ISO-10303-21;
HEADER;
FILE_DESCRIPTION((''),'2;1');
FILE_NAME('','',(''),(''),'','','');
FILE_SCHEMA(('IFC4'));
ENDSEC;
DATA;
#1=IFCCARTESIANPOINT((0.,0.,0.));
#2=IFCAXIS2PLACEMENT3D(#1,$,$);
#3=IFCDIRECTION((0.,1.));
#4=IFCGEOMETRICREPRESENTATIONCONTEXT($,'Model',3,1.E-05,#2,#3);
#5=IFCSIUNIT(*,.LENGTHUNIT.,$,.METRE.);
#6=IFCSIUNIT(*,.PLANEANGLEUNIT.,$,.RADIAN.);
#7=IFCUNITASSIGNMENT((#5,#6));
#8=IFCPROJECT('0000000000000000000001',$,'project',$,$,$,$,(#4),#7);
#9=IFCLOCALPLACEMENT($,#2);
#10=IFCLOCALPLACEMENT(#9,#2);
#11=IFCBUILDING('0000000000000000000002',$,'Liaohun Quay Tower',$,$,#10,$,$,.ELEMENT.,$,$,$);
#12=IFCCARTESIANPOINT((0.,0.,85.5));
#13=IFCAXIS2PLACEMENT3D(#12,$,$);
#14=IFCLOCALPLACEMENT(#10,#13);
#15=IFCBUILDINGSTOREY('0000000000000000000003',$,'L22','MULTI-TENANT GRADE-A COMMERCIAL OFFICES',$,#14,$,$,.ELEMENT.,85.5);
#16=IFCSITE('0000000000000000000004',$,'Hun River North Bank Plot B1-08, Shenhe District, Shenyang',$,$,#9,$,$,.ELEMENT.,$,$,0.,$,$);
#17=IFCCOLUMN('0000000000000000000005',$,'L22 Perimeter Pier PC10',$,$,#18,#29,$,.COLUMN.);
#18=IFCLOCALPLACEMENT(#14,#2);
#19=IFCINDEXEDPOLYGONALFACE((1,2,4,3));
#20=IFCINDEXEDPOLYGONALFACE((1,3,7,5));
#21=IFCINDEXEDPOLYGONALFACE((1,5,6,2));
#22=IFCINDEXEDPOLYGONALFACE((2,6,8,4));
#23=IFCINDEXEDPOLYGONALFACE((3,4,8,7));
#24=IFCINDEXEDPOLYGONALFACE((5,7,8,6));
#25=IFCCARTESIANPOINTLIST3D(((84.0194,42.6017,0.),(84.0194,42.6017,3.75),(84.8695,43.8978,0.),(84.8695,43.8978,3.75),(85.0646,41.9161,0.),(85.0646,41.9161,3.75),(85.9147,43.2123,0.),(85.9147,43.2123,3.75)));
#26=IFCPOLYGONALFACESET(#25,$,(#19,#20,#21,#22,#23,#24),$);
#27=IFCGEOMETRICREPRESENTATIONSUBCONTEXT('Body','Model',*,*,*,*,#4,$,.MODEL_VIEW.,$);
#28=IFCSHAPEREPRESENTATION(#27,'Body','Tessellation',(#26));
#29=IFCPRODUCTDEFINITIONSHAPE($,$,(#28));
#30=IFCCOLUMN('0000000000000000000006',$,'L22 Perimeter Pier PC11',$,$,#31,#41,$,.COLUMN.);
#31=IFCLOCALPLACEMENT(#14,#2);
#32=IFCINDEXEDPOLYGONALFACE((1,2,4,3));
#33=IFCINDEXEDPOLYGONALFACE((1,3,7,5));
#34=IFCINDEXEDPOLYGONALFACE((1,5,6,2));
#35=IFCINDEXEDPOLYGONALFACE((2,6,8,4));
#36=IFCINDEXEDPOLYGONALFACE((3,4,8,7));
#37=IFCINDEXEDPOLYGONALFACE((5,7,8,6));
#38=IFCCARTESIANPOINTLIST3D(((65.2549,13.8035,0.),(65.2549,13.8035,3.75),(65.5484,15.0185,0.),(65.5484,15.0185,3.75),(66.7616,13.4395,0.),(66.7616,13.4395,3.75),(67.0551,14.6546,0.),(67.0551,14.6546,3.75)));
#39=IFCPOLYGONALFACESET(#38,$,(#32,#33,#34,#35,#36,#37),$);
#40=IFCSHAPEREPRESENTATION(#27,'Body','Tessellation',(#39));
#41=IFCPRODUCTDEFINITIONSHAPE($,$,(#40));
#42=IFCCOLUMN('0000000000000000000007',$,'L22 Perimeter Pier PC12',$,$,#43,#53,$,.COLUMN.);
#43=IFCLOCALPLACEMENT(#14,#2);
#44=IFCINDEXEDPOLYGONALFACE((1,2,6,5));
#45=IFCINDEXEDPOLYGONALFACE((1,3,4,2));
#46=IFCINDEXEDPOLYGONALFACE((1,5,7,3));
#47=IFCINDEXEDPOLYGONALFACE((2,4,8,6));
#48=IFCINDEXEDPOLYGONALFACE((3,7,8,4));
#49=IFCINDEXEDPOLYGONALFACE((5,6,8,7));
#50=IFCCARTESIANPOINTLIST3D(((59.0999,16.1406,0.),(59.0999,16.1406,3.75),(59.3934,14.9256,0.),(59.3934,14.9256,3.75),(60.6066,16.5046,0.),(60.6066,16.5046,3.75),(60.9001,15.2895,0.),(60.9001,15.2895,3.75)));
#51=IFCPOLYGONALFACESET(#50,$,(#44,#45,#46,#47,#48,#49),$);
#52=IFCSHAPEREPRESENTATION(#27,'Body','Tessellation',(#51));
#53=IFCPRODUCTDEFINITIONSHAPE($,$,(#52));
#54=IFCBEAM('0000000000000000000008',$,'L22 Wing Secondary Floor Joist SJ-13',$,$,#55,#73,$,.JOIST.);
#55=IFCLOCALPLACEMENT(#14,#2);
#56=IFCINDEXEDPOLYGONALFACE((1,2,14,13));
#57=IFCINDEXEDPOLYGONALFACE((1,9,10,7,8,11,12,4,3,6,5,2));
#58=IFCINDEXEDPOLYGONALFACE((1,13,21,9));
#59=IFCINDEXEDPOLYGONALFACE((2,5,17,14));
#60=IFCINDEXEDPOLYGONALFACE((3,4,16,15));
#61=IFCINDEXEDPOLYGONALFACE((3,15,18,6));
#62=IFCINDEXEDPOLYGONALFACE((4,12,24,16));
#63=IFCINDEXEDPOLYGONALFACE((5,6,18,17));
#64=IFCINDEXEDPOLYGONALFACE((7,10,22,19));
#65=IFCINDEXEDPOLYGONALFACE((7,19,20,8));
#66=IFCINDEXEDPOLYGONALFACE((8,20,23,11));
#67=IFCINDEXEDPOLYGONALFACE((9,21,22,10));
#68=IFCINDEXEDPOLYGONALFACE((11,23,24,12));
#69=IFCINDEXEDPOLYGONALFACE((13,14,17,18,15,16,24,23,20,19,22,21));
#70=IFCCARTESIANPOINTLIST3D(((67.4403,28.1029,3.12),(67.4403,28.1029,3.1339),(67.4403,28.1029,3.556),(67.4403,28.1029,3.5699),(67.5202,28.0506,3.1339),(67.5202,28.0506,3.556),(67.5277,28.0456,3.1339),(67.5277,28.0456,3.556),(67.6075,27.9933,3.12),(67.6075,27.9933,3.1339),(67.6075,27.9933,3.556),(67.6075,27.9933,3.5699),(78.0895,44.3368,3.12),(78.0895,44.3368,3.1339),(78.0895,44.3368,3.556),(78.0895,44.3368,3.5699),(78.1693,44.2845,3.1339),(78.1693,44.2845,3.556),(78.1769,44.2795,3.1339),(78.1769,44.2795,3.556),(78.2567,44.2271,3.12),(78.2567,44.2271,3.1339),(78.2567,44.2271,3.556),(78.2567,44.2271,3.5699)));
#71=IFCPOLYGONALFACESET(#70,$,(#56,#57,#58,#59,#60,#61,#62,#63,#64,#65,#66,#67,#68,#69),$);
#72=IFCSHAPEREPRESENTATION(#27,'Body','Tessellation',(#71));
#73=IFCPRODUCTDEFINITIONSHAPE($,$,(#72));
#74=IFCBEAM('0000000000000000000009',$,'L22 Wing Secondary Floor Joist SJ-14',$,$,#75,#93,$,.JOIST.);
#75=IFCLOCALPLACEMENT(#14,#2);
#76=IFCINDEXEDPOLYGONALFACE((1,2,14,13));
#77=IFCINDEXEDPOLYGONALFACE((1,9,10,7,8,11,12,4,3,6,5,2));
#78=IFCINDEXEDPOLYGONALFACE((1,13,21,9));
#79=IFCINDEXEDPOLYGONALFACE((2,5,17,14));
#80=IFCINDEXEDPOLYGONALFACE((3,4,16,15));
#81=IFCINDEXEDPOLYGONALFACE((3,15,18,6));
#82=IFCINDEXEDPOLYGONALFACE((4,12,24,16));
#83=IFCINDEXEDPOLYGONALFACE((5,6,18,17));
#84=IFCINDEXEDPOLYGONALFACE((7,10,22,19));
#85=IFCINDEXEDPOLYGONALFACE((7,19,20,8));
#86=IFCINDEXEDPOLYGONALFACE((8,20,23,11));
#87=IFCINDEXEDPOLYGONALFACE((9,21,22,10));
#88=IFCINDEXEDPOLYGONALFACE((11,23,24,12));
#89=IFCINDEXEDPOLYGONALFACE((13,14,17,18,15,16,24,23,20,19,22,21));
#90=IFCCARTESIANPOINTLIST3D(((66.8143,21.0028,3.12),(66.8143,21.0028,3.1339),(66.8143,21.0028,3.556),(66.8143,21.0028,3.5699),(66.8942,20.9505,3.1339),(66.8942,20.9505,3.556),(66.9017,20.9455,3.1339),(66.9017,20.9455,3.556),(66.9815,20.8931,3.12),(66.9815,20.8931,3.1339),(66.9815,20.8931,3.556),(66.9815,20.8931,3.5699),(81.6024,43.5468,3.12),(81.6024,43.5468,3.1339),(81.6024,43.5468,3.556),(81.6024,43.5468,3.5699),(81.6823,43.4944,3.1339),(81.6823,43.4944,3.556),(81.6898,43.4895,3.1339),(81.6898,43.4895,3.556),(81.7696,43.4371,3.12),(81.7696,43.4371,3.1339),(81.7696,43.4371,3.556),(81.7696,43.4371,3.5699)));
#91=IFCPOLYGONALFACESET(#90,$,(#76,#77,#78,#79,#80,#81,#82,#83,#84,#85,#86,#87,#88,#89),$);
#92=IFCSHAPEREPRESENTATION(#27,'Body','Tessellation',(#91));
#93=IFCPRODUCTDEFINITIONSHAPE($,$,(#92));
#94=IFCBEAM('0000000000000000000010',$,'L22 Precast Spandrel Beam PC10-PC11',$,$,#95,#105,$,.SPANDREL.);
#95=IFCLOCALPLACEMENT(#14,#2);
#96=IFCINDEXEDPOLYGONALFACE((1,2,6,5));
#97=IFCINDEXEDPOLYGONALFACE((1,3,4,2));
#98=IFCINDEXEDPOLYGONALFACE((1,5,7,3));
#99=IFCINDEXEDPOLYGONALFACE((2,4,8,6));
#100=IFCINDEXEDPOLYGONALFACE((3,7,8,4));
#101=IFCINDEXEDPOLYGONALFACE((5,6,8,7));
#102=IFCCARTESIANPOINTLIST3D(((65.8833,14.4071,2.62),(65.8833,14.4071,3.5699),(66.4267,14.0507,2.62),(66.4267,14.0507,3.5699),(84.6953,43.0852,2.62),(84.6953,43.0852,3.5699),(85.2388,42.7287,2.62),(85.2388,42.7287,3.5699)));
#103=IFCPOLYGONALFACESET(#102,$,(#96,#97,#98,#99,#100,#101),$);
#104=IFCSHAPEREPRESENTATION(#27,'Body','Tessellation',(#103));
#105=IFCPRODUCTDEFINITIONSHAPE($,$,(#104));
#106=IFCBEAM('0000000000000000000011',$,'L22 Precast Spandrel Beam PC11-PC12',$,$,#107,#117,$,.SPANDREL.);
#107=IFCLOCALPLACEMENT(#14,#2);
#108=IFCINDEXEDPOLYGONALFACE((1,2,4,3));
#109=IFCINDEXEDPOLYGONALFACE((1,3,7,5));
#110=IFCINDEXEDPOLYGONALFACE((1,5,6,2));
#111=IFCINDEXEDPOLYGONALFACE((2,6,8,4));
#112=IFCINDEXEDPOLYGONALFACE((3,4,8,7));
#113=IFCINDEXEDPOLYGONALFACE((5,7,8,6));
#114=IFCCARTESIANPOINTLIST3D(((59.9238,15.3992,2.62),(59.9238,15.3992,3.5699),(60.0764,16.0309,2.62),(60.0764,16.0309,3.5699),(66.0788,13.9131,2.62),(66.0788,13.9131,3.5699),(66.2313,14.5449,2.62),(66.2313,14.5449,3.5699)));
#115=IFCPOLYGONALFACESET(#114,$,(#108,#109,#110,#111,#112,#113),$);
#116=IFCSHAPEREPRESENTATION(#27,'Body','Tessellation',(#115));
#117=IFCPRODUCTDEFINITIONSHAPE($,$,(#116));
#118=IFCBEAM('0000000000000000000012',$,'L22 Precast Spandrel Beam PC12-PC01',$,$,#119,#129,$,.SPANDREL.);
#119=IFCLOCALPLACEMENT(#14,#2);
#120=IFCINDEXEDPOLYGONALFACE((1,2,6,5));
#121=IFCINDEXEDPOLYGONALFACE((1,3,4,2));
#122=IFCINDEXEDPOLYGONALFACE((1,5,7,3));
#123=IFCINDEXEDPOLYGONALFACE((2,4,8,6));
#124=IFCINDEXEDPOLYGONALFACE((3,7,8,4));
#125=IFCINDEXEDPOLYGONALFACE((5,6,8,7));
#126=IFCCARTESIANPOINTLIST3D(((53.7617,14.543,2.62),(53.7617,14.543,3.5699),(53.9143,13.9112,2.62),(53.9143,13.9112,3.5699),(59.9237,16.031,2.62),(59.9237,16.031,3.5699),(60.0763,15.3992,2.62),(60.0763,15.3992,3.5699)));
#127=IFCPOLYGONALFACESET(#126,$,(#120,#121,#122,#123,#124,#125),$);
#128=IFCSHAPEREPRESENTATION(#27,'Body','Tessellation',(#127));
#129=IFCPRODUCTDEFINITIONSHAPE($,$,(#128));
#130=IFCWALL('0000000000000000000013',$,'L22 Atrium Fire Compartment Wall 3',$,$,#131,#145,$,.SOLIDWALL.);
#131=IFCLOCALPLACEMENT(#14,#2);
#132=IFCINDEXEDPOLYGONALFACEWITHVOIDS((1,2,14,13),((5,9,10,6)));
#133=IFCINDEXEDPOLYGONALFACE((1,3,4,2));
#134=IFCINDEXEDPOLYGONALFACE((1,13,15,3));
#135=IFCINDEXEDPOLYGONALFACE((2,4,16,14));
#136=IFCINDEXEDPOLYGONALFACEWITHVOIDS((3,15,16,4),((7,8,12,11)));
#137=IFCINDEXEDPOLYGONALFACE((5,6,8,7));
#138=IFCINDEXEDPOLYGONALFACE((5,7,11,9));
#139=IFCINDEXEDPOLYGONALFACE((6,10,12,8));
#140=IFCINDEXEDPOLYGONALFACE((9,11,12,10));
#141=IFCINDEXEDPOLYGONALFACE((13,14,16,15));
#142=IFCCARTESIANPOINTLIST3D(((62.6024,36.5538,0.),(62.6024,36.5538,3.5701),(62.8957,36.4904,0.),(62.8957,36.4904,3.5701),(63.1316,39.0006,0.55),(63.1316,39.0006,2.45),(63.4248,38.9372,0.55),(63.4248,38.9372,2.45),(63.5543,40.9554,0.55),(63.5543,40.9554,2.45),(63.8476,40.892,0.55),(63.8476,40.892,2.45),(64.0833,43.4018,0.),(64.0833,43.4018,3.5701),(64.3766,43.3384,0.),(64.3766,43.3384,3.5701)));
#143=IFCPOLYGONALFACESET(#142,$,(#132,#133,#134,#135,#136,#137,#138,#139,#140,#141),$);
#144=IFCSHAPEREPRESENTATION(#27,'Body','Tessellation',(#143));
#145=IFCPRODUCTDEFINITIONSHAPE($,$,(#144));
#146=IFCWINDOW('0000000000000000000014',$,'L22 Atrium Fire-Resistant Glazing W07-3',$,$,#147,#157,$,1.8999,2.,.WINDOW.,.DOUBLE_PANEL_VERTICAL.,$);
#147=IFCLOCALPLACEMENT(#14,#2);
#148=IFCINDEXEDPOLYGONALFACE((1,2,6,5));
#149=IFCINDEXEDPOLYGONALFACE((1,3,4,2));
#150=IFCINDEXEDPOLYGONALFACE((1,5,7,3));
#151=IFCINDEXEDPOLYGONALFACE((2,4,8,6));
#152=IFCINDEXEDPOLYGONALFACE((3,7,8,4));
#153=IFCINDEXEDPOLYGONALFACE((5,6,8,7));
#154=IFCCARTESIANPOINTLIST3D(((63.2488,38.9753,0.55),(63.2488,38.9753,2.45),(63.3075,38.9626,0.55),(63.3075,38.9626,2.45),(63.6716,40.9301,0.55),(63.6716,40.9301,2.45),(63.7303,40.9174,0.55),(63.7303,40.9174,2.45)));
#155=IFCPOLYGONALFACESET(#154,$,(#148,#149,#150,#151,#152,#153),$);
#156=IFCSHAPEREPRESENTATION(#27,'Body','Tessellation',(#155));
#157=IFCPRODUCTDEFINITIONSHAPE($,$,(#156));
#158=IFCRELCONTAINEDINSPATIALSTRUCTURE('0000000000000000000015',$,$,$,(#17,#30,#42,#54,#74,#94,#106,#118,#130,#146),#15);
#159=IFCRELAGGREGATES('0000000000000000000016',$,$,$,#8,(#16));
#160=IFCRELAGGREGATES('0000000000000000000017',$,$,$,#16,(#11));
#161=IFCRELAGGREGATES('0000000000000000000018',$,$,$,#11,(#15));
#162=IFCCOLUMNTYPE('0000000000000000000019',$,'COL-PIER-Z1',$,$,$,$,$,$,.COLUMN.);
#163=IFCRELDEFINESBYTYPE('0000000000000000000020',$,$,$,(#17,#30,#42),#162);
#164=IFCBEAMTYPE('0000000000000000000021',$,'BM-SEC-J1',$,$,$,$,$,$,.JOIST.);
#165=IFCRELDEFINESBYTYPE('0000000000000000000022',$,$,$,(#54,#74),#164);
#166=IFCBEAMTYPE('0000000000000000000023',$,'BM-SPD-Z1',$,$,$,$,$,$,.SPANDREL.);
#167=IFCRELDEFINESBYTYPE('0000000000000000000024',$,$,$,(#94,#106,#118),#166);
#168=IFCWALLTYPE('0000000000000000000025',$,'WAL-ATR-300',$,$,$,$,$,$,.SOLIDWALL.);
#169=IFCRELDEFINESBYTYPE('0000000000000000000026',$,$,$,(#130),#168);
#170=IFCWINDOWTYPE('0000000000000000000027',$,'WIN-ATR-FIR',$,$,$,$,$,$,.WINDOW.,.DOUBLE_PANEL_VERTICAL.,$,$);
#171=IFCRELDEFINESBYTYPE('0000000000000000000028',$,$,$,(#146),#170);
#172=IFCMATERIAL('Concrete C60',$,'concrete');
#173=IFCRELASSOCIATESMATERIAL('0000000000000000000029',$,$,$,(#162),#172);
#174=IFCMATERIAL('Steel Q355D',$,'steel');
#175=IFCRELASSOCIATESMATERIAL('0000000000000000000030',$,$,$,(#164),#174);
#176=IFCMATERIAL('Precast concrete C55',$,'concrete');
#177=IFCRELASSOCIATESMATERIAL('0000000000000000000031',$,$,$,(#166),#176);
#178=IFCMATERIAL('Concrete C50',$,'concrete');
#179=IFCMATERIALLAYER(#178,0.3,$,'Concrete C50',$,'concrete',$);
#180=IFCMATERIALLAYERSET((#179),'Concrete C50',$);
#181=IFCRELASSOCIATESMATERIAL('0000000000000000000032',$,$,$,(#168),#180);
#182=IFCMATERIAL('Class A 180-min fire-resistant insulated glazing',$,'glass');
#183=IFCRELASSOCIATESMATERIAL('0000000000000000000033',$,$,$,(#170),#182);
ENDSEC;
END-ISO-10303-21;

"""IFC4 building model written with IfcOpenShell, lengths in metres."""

from ifc_helpers import new_model, si_unit, direction, frame, frame_2d, origin, origin_2d, place, context, subcontext, project, spatial, rectangle, i_section, extrude, source, transform, mapped, material, layer, layer_set, material_profile, profile_set, type_object, element, fill, save


model = new_model("IFC4")

# Units and contexts
model_context = context("Model", 3, precision=1e-05, world=origin(), true_north=direction((0.0, 1.0)))
body_context = subcontext(model_context, "Body", "Model", "MODEL_VIEW")
ifc_project = project(units=[si_unit("LENGTHUNIT", "METRE"), si_unit("PLANEANGLEUNIT", "RADIAN")], contexts=[model_context])

# Site, building, storey
site_placement = place(None, origin())
site = spatial("IfcSite", under=ifc_project, at=site_placement, Name="Hun River North Bank Plot B1-08, Shenhe District, Shenyang", CompositionType="ELEMENT", RefElevation=0.0)
building_placement = place(site_placement, origin())
building = spatial("IfcBuilding", under=site, at=building_placement, Name="Liaohun Quay Tower", CompositionType="ELEMENT")
storey_placement = place(building_placement, frame((0.0, 0.0, 85.5)))
storey = spatial("IfcBuildingStorey", under=building, at=storey_placement, Name="L22", Description="MULTI-TENANT GRADE-A COMMERCIAL OFFICES", CompositionType="ELEMENT", Elevation=85.5)

# Columns
ifc_material_1 = material(Name="Concrete C60", Category="concrete")
ifc_material_profile_1 = material_profile(ifc_material_1, rectangle(XDim=1.55, YDim=1.25, at=origin_2d()), Name="RC1550x1250")
ifc_profile_set_1 = profile_set([ifc_material_profile_1], Name="Concrete C60")
column_type = type_object("IfcColumnType", Name="COL-PIER-Z1", PredefinedType="COLUMN", material=ifc_profile_set_1)
shared_shape_1 = source(origin(), body_context, "Body", "SweptSolid", [
    extrude(rectangle(XDim=1.55, YDim=1.25, at=origin_2d()), origin(), (0.0, 0.0, 1.0), 3.75),
])
for number, where, z_axis, x_axis, name in (
    (1, (84.967, 42.907, 0.0), (0.0, 0.0, 1.0), (0.548439, 0.83619, 0.0), "L22 Perimeter Pier PC10"),
    (2, (66.155, 14.229, 0.0), (0.0, 0.0, 1.0), (-0.972043, 0.234803, 0.0), "L22 Perimeter Pier PC11"),
    (3, (60.0, 15.7151, 0.0), (0.0, 0.0, 1.0), (0.972043, 0.234803, 0.0), "L22 Perimeter Pier PC12"),
):
    element("IfcColumn", number, at=place(storey_placement, frame(where, z_axis=z_axis, x_axis=x_axis)), inside=storey, type_object=column_type, Name=name, PredefinedType="COLUMN", context=body_context, shape_type="MappedRepresentation", body=[
        mapped(shared_shape_1, transform((0.0, 0.0, 0.0), x_axis=(1.0, 0.0, 0.0), y_axis=(0.0, 1.0, 0.0), z_axis=(0.0, 0.0, 1.0), scale=1.0)),
    ])

# Beams
ifc_material_2 = material(Name="Steel Q355D", Category="steel")
ifc_material_profile_2 = material_profile(ifc_material_2, i_section(OverallWidth=0.2, OverallDepth=0.45, WebThickness=0.009, FlangeThickness=0.0139, at=origin_2d()), Name="HN450x200x9x14")
ifc_profile_set_2 = profile_set([ifc_material_profile_2], Name="Steel Q355D")
beam_type_1 = type_object("IfcBeamType", Name="BM-SEC-J1", PredefinedType="JOIST", material=ifc_profile_set_2)
shared_shape_2 = source(origin(), body_context, "Body", "SweptSolid", [
    extrude(i_section(OverallWidth=0.2, OverallDepth=0.45, WebThickness=0.009, FlangeThickness=0.0139, at=origin_2d()), origin(), (0.0, 0.0, 1.0), 19.415),
])
beam_1_placement = place(storey_placement, frame((78.1731, 44.282, 3.345), z_axis=(-0.548501, -0.83615, 0.0), x_axis=(0.83615, -0.548501, 0.0)))
element("IfcBeam", 4, at=beam_1_placement, inside=storey, type_object=beam_type_1, Name="L22 Wing Secondary Floor Joist SJ-13", PredefinedType="JOIST", context=body_context, shape_type="MappedRepresentation", body=[
    mapped(shared_shape_2, transform((0.0, 0.0, 0.0), x_axis=(1.0, 0.0, 0.0), y_axis=(0.0, 1.0, 0.0), z_axis=(0.0, 0.0, 1.0), scale=1.0)),
])
shared_shape_3 = source(origin(), body_context, "Body", "SweptSolid", [
    extrude(i_section(OverallWidth=0.2, OverallDepth=0.45, WebThickness=0.009, FlangeThickness=0.0139, at=origin_2d()), origin(), (0.0, 0.0, 1.0), 26.9614),
])
beam_2_placement = place(storey_placement, frame((81.686, 43.4919, 3.345), z_axis=(-0.548491, -0.836156, 0.0), x_axis=(0.836156, -0.548491, 0.0)))
element("IfcBeam", 5, at=beam_2_placement, inside=storey, type_object=beam_type_1, Name="L22 Wing Secondary Floor Joist SJ-14", PredefinedType="JOIST", context=body_context, shape_type="MappedRepresentation", body=[
    mapped(shared_shape_3, transform((0.0, 0.0, 0.0), x_axis=(1.0, 0.0, 0.0), y_axis=(0.0, 1.0, 0.0), z_axis=(0.0, 0.0, 1.0), scale=1.0)),
])
ifc_material_3 = material(Name="Precast concrete C55", Category="concrete")
ifc_material_profile_3 = material_profile(ifc_material_3, rectangle(XDim=0.6499, YDim=0.95, at=origin_2d()), Name="RC650x950")
ifc_profile_set_3 = profile_set([ifc_material_profile_3], Name="Precast concrete C55")
beam_type_2 = type_object("IfcBeamType", Name="BM-SPD-Z1", PredefinedType="SPANDREL", material=ifc_profile_set_3)
shared_shape_4 = source(origin(), body_context, "Body", "SweptSolid", [
    extrude(rectangle(XDim=0.6499, YDim=0.95, at=origin_2d()), origin(), (0.0, 0.0, 1.0), 34.2976),
])
beam_3_placement = place(storey_placement, frame((84.967, 42.907, 3.095), z_axis=(-0.548495, -0.836154, 0.0), x_axis=(0.836154, -0.548495, 0.0)))
element("IfcBeam", 6, at=beam_3_placement, inside=storey, type_object=beam_type_2, Name="L22 Precast Spandrel Beam PC10-PC11", PredefinedType="SPANDREL", context=body_context, shape_type="MappedRepresentation", body=[
    mapped(shared_shape_4, transform((0.0, 0.0, 0.0), x_axis=(1.0, 0.0, 0.0), y_axis=(0.0, 1.0, 0.0), z_axis=(0.0, 0.0, 1.0), scale=1.0)),
])
shared_shape_5 = source(origin(), body_context, "Body", "SweptSolid", [
    extrude(rectangle(XDim=0.6499, YDim=0.95, at=origin_2d()), origin(), (0.0, 0.0, 1.0), 6.3318),
])
beam_4_placement = place(storey_placement, frame((66.155, 14.229, 3.095), z_axis=(-0.972068, 0.234698, 0.0), x_axis=(-0.234698, -0.972068, 0.0)))
element("IfcBeam", 7, at=beam_4_placement, inside=storey, type_object=beam_type_2, Name="L22 Precast Spandrel Beam PC11-PC12", PredefinedType="SPANDREL", context=body_context, shape_type="MappedRepresentation", body=[
    mapped(shared_shape_5, transform((0.0, 0.0, 0.0), x_axis=(1.0, 0.0, 0.0), y_axis=(0.0, 1.0, 0.0), z_axis=(0.0, 0.0, 1.0), scale=1.0)),
])
shared_shape_6 = source(origin(), body_context, "Body", "SweptSolid", [
    extrude(rectangle(XDim=0.6499, YDim=0.95, at=origin_2d()), origin(), (0.0, 0.0, 1.0), 6.3391),
])
beam_5_placement = place(storey_placement, frame((60.0, 15.7151, 3.095), z_axis=(-0.972059, -0.234735, 0.0), x_axis=(0.234735, -0.972059, 0.0)))
element("IfcBeam", 8, at=beam_5_placement, inside=storey, type_object=beam_type_2, Name="L22 Precast Spandrel Beam PC12-PC01", PredefinedType="SPANDREL", context=body_context, shape_type="MappedRepresentation", body=[
    mapped(shared_shape_6, transform((0.0, 0.0, 0.0), x_axis=(1.0, 0.0, 0.0), y_axis=(0.0, 1.0, 0.0), z_axis=(0.0, 0.0, 1.0), scale=1.0)),
])

# Wall, opening, window
ifc_material_4 = material(Name="Concrete C50", Category="concrete")
ifc_layer_1 = layer(ifc_material_4, 0.3, Name="Concrete C50", Category="concrete")
ifc_layer_set_1 = layer_set([ifc_layer_1], Name="Concrete C50")
wall_type_1 = type_object("IfcWallType", Name="WAL-ATR-300", PredefinedType="SOLIDWALL", material=ifc_layer_set_1)
wall_1_placement = place(storey_placement, frame((64.23, 43.3701, 0.0), z_axis=(0.0, 0.0, 1.0), x_axis=(-0.211371, -0.977406, 0.0)))
wall_1 = element("IfcWall", 9, at=wall_1_placement, inside=storey, type_object=wall_type_1, Name="L22 Atrium Fire Compartment Wall 3", PredefinedType="SOLIDWALL", context=body_context, shape_type="SweptSolid", body=[
    extrude(rectangle(XDim=7.0063, YDim=0.3, at=frame_2d((3.5032, 0.0))), origin(), (0.0, 0.0, 1.0), 3.5701),
])
shared_shape_7 = source(origin(), body_context, "Body", "SweptSolid", [
    extrude(rectangle(XDim=2.0, YDim=1.8999, at=frame_2d((1.0, 0.95))), frame((0.0, 0.1599, 0.0), z_axis=(0.0, -1.0, 0.0), x_axis=(1.0, 0.0, 0.0)), (0.0, 0.0, 1.0), 0.3201),
])
opening_1_placement = place(wall_1_placement, frame((2.5029, 0.0, 0.55)))
opening_1 = element("IfcOpeningElement", 10, at=opening_1_placement, cuts=wall_1, PredefinedType="OPENING", context=body_context, shape_type="MappedRepresentation", body=[
    mapped(shared_shape_7, transform((0.0, 0.0, 0.0), x_axis=(1.0, 0.0, 0.0), y_axis=(0.0, 1.0, 0.0), z_axis=(0.0, 0.0, 1.0), scale=1.0)),
])
ifc_material_5 = material(Name="Class A 180-min fire-resistant insulated glazing", Category="glass")
window_type_1 = type_object("IfcWindowType", Name="WIN-ATR-FIR", PartitioningType="DOUBLE_PANEL_VERTICAL", PredefinedType="WINDOW", material=ifc_material_5)
shared_shape_8 = source(origin(), body_context, "Body", "SweptSolid", [
    extrude(rectangle(XDim=2.0, YDim=1.8999, at=frame_2d((1.0, 0.95))), frame((0.0, 0.03, 0.0), z_axis=(0.0, -1.0, 0.0), x_axis=(1.0, 0.0, 0.0)), (0.0, 0.0, 1.0), 0.0601),
])
window_1_placement = place(opening_1_placement, origin())
window_1 = element("IfcWindow", 11, at=window_1_placement, inside=storey, type_object=window_type_1, Name="L22 Atrium Fire-Resistant Glazing W07-3", OverallHeight=1.8999, OverallWidth=2.0, PartitioningType="DOUBLE_PANEL_VERTICAL", PredefinedType="WINDOW", context=body_context, shape_type="MappedRepresentation", body=[
    mapped(shared_shape_8, transform((0.0, 0.0, 0.0), x_axis=(1.0, 0.0, 0.0), y_axis=(0.0, 1.0, 0.0), z_axis=(0.0, 0.0, 1.0), scale=1.0)),
])
fill(opening_1, window_1)

save(model, "model.ifc")
